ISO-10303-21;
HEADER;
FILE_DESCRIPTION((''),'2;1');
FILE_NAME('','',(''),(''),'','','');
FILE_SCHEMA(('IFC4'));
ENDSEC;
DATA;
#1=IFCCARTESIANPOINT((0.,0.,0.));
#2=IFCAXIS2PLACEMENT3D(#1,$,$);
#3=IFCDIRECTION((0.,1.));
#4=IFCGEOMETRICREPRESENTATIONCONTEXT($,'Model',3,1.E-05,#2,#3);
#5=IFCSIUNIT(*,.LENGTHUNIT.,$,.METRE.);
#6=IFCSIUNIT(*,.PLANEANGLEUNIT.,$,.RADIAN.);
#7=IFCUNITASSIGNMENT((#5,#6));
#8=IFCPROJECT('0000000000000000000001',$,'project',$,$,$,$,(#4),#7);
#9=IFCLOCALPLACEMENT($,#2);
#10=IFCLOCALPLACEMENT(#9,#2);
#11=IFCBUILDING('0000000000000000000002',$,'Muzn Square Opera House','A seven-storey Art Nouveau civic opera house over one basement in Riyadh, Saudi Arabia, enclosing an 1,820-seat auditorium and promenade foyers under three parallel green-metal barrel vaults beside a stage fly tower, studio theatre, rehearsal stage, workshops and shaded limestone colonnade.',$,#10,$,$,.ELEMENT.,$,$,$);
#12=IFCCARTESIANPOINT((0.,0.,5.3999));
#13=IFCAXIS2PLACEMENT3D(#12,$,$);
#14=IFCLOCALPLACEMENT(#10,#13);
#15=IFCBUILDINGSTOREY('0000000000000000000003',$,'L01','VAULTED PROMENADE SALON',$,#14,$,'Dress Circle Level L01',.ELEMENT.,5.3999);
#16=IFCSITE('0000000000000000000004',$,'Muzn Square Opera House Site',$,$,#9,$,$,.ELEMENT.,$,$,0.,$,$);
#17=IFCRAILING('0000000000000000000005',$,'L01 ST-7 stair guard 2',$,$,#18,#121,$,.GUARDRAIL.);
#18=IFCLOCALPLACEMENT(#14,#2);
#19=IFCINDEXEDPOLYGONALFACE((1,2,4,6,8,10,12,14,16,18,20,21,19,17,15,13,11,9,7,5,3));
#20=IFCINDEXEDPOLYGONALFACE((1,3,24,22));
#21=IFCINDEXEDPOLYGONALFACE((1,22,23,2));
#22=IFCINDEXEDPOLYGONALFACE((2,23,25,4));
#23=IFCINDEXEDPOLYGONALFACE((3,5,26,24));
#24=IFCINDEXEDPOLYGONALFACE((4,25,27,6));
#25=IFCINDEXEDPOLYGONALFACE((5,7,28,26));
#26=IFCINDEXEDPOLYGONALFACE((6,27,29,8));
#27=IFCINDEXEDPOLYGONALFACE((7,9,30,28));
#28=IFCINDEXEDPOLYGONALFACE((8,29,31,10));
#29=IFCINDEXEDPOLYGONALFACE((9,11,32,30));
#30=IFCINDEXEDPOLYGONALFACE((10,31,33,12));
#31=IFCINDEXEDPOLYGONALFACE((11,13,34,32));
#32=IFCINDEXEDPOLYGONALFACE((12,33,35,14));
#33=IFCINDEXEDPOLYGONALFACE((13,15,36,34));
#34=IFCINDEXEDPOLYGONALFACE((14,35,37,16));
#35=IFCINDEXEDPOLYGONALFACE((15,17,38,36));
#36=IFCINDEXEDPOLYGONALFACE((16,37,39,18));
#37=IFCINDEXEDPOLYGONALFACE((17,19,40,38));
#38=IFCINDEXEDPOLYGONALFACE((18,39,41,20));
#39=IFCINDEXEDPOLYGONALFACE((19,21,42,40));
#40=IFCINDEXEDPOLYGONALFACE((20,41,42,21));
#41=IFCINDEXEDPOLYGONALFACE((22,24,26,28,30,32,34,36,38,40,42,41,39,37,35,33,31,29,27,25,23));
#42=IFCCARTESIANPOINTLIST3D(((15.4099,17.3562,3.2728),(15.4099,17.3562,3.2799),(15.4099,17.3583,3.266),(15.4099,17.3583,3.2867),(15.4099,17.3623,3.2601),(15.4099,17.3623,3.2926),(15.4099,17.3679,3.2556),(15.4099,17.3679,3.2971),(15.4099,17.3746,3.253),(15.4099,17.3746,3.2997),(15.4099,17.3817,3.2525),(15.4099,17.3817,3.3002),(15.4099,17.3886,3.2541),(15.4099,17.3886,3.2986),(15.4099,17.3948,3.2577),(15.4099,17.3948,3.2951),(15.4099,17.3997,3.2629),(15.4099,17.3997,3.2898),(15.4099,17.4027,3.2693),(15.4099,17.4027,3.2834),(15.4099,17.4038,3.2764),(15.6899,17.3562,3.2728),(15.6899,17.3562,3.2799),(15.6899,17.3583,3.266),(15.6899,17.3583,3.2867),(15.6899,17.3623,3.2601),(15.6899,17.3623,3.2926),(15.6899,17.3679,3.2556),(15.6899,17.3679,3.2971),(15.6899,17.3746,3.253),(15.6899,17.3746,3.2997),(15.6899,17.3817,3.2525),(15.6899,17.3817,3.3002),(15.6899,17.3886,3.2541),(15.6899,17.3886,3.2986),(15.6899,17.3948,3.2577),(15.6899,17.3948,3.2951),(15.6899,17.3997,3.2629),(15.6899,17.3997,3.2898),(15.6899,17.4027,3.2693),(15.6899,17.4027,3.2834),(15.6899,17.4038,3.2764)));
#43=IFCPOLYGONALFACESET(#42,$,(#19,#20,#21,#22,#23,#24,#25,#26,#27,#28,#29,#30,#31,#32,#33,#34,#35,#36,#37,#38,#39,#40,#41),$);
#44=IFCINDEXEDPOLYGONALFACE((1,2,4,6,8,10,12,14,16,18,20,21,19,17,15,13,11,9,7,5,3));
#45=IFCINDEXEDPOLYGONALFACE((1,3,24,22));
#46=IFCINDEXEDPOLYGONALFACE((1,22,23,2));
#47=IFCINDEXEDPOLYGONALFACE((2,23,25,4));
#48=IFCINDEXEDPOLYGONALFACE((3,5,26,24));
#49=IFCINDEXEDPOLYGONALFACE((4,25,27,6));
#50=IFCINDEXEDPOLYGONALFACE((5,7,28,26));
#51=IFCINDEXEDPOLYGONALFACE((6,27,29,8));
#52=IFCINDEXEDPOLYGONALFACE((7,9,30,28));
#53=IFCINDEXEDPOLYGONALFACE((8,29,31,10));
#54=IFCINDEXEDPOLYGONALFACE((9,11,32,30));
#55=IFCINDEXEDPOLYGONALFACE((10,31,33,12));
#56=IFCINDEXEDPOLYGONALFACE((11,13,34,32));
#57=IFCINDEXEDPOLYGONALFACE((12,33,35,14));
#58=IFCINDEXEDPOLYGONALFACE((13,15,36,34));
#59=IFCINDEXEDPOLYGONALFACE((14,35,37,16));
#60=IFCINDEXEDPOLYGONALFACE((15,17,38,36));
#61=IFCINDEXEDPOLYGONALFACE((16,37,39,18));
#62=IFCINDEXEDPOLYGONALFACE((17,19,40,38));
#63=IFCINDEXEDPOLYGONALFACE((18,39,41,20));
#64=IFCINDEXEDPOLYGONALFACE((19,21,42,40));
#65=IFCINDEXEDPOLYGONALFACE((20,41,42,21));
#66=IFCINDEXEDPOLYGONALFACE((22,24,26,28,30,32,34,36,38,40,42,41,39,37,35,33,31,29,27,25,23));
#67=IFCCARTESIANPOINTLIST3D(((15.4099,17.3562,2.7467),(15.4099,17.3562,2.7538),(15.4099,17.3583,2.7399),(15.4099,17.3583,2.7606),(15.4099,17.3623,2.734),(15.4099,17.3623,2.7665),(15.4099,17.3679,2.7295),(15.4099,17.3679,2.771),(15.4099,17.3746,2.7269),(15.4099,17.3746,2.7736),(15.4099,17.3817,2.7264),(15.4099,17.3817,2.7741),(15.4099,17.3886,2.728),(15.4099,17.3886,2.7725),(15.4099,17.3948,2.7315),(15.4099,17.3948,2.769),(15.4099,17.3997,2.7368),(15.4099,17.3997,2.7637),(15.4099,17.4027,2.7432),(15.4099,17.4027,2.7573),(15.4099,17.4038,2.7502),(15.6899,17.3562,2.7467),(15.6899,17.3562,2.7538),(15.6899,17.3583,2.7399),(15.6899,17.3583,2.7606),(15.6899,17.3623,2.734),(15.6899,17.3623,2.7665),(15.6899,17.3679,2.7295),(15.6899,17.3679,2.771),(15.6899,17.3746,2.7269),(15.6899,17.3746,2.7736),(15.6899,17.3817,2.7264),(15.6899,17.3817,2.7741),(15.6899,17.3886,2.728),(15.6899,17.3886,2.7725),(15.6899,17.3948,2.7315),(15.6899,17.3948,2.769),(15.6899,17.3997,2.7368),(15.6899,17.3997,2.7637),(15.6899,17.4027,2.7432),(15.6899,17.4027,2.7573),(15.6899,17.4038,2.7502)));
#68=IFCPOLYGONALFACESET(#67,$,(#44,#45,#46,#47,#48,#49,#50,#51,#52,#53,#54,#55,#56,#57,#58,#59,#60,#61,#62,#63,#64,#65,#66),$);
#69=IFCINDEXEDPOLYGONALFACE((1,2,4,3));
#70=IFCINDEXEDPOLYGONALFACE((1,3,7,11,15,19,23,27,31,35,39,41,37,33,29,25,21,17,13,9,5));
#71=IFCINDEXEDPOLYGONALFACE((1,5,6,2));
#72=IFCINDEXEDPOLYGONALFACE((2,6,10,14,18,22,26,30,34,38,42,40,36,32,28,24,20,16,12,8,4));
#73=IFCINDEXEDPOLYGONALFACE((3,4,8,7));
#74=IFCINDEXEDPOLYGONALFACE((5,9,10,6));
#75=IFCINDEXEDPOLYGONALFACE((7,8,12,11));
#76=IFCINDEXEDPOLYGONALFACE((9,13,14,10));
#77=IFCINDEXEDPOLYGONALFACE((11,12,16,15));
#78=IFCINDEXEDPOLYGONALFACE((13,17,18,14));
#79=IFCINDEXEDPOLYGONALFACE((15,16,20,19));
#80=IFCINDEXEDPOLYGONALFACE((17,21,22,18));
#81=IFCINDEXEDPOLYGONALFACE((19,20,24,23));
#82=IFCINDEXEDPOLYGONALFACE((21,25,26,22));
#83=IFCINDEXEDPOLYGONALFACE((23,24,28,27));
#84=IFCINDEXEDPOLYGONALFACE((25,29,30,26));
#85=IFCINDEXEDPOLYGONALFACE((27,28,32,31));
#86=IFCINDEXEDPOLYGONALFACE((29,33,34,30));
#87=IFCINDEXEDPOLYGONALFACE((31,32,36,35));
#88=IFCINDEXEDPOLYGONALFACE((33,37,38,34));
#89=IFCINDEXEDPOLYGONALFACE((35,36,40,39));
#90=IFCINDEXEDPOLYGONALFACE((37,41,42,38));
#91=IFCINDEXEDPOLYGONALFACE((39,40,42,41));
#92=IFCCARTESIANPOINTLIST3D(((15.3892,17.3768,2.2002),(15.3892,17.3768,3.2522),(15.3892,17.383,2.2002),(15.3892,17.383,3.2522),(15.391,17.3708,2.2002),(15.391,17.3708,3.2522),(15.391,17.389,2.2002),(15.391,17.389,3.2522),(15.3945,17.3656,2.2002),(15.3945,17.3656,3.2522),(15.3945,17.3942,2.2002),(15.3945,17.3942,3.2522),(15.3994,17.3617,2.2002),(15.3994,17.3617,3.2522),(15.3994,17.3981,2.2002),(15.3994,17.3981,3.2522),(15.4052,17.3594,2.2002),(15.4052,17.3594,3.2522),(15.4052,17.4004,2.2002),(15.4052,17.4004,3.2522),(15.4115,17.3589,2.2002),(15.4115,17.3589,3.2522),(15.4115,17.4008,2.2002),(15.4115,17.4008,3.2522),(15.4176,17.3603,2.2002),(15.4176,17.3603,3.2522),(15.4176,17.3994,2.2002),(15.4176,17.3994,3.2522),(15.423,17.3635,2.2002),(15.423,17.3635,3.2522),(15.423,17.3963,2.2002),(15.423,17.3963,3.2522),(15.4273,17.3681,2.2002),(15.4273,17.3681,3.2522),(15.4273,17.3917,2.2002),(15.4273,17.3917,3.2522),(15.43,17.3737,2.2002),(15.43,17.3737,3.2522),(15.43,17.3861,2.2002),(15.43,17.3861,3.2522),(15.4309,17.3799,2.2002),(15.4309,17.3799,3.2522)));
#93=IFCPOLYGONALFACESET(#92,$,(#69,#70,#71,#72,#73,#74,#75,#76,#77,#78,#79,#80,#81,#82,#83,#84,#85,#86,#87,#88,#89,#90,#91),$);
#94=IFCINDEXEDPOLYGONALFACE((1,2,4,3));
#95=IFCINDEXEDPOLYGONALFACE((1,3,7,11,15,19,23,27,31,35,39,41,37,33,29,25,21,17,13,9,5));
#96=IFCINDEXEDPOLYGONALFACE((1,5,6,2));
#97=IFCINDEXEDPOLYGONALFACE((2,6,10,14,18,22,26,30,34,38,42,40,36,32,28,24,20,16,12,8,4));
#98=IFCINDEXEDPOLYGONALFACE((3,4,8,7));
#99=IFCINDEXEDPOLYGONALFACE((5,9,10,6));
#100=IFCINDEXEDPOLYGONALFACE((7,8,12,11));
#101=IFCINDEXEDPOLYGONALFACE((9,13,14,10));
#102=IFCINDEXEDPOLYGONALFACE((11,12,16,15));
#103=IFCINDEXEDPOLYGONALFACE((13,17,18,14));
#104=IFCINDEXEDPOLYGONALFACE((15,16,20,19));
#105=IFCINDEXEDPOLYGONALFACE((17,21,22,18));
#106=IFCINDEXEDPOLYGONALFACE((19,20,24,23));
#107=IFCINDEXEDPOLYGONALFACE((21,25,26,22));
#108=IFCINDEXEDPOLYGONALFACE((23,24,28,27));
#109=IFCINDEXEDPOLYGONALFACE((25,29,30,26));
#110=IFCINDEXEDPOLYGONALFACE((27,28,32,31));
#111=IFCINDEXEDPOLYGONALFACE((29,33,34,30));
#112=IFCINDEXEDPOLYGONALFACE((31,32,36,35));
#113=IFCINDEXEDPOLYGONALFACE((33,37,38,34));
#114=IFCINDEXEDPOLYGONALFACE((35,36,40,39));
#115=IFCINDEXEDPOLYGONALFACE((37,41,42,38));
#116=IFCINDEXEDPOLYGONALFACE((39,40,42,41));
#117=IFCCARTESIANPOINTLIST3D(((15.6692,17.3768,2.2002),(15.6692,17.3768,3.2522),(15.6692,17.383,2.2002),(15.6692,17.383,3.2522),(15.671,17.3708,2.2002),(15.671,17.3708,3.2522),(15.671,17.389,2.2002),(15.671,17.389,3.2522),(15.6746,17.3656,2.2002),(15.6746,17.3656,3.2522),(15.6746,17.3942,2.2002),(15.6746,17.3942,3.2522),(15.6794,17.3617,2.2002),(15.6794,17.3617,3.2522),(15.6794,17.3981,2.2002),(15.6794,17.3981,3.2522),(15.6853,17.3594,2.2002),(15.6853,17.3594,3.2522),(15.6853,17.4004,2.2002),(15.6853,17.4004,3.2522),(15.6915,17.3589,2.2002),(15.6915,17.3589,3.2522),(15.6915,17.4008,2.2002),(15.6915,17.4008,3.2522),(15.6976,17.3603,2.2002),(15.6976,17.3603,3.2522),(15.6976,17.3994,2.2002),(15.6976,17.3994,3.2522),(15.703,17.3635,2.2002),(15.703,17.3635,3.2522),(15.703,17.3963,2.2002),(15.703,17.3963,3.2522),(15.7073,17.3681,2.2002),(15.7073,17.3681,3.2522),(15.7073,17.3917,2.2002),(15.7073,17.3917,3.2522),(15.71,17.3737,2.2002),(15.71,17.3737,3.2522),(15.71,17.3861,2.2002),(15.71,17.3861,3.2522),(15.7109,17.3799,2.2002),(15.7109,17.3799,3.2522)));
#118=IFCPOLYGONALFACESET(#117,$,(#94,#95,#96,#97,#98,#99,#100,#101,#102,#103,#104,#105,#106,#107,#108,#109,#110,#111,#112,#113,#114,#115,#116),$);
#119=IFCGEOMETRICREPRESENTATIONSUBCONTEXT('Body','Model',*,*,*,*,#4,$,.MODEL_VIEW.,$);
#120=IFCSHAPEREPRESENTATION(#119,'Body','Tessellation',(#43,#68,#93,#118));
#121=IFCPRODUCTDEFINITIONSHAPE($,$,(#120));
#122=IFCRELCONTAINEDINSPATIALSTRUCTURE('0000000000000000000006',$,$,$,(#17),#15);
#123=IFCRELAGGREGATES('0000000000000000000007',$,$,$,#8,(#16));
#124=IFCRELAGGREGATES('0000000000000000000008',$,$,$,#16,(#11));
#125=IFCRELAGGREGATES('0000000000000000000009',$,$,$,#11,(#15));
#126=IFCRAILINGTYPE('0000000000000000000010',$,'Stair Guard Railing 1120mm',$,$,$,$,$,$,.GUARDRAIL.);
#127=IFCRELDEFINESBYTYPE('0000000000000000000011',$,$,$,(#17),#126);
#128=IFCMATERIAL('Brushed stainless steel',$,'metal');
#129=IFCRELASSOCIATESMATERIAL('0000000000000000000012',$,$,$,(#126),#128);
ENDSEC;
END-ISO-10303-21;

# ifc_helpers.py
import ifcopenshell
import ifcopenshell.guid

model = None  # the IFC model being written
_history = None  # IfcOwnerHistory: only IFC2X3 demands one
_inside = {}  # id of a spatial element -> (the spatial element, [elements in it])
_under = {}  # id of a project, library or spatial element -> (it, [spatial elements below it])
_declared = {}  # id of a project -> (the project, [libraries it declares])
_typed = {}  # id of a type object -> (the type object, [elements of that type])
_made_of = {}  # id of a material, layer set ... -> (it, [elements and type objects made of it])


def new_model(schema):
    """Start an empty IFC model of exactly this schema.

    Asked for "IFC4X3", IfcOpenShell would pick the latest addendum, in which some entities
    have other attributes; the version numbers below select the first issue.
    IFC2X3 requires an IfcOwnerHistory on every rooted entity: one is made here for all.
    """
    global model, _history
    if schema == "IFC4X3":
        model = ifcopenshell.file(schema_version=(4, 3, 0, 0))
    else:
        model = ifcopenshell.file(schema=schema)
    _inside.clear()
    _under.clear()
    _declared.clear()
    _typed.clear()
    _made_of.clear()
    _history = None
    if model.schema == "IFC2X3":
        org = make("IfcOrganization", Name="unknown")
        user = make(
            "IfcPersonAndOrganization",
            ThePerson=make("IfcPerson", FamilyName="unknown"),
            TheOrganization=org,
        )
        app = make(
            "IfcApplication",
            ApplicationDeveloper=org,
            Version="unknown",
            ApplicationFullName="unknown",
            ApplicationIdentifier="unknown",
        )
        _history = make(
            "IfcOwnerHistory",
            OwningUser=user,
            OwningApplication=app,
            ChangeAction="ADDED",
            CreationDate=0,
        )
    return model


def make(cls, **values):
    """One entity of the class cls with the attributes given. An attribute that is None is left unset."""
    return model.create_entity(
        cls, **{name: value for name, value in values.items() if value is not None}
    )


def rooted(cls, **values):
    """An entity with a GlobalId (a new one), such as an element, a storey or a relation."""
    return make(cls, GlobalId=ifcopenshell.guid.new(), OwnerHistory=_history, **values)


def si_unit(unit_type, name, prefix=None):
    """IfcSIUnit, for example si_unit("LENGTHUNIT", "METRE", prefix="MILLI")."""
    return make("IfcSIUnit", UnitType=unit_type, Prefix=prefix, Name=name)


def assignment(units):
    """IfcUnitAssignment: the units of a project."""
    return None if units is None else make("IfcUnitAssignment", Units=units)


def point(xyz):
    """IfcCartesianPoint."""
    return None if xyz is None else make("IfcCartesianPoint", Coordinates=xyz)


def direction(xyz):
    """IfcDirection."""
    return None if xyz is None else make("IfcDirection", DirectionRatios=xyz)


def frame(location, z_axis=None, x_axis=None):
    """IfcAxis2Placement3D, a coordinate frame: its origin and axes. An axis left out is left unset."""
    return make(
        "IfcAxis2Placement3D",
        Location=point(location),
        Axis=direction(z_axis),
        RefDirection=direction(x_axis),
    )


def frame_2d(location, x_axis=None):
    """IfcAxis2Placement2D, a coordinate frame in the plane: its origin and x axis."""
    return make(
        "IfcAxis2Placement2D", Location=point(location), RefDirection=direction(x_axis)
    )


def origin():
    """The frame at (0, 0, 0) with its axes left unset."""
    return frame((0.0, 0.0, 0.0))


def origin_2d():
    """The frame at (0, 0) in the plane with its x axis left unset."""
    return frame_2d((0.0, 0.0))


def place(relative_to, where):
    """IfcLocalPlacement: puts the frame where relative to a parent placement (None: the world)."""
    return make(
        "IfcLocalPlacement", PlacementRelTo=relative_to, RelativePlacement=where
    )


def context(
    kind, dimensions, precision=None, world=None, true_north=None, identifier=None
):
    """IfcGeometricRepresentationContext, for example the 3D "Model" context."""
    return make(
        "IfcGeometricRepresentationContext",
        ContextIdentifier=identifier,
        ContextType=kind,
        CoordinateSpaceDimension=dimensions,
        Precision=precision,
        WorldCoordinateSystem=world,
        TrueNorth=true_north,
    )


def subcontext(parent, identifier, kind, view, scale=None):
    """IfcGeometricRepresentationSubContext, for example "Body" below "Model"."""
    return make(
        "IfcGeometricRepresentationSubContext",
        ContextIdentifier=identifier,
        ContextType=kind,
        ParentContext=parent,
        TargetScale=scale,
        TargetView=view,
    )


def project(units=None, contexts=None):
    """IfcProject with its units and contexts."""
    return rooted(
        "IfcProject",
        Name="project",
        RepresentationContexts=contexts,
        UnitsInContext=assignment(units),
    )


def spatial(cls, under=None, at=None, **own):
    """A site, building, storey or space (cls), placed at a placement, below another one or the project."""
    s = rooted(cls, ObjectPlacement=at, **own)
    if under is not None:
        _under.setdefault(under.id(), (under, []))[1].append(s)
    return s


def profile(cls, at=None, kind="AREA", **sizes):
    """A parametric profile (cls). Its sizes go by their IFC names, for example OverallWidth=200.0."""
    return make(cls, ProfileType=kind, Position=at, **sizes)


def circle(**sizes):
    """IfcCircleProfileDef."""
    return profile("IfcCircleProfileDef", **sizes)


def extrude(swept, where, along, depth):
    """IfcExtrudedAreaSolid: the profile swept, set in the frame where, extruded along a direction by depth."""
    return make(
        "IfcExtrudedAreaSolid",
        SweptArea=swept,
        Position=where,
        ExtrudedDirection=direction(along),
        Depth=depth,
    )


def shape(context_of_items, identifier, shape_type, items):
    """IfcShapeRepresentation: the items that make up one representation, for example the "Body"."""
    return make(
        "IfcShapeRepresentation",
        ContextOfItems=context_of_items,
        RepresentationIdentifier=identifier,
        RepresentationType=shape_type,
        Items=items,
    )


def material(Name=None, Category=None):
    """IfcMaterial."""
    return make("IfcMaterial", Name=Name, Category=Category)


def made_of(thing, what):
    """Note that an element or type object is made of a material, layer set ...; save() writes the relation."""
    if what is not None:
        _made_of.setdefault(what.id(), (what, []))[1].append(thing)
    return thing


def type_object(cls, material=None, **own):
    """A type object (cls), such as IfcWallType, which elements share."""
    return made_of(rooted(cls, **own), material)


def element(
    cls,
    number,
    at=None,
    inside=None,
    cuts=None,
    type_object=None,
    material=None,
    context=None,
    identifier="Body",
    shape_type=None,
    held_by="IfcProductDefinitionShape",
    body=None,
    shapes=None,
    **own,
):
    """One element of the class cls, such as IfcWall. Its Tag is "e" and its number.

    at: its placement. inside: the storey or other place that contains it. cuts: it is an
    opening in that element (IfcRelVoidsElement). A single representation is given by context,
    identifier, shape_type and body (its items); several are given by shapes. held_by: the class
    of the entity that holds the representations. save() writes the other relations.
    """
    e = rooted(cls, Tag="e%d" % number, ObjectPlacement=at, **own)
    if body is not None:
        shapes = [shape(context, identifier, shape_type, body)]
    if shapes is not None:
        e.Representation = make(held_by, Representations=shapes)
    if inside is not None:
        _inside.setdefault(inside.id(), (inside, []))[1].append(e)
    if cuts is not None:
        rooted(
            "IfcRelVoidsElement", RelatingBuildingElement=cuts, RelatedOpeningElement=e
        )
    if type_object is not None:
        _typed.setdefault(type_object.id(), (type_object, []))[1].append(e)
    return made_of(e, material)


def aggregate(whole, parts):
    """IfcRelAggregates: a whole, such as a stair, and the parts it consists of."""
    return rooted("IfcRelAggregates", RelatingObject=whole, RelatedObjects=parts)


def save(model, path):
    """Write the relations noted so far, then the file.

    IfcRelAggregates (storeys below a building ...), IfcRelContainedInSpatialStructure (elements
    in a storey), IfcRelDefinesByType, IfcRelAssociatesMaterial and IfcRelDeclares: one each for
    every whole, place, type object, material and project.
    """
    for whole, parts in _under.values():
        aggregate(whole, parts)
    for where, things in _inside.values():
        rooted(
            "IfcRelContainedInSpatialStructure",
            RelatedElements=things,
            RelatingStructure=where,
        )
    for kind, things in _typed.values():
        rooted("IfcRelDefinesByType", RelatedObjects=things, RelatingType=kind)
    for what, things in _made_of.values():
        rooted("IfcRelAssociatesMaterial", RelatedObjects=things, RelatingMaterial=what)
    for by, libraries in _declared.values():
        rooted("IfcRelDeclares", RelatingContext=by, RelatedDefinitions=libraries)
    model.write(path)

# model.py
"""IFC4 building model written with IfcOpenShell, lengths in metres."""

from ifc_helpers import new_model, si_unit, direction, frame, origin, origin_2d, place, context, subcontext, project, spatial, circle, extrude, material, type_object, element, save


model = new_model("IFC4")

# Units and contexts
model_context = context("Model", 3, precision=1e-05, world=origin(), true_north=direction((0.0, 1.0)))
body_context = subcontext(model_context, "Body", "Model", "MODEL_VIEW")
ifc_project = project(units=[si_unit("LENGTHUNIT", "METRE"), si_unit("PLANEANGLEUNIT", "RADIAN")], contexts=[model_context])

# Site, building, storey
site_placement = place(None, origin())
site = spatial("IfcSite", under=ifc_project, at=site_placement, Name="Muzn Square Opera House Site", CompositionType="ELEMENT", RefElevation=0.0)
building_placement = place(site_placement, origin())
building = spatial("IfcBuilding", under=site, at=building_placement, Name="Muzn Square Opera House", Description="A seven-storey Art Nouveau civic opera house over one basement in Riyadh, Saudi Arabia, enclosing an 1,820-seat auditorium and promenade foyers under three parallel green-metal barrel vaults beside a stage fly tower, studio theatre, rehearsal stage, workshops and shaded limestone colonnade.", CompositionType="ELEMENT")
storey_placement = place(building_placement, frame((0.0, 0.0, 5.3999)))
storey = spatial("IfcBuildingStorey", under=building, at=storey_placement, Name="L01", Description="VAULTED PROMENADE SALON", LongName="Dress Circle Level L01", CompositionType="ELEMENT", Elevation=5.3999)

# Railing
ifc_material_1 = material(Name="Brushed stainless steel", Category="metal")
railing_type = type_object("IfcRailingType", Name="Stair Guard Railing 1120mm", PredefinedType="GUARDRAIL", material=ifc_material_1)
railing_placement = place(storey_placement, frame((15.4099, 17.3799, 2.2002)))
element("IfcRailing", 1, at=railing_placement, inside=storey, type_object=railing_type, Name="L01 ST-7 stair guard 2", PredefinedType="GUARDRAIL", context=body_context, shape_type="SweptSolid", body=[
    extrude(circle(Radius=0.0239, at=origin_2d()), frame((0.0, 0.0, 1.0762), z_axis=(1.0, 0.0, 0.0), x_axis=(0.0, 1.0, 0.0)), (0.0, 0.0, 1.0), 0.28),
    extrude(circle(Radius=0.0239, at=origin_2d()), frame((0.0, 0.0, 0.55), z_axis=(1.0, 0.0, 0.0), x_axis=(0.0, 1.0, 0.0)), (0.0, 0.0, 1.0), 0.28),
    extrude(circle(Radius=0.021, at=origin_2d()), origin(), (0.0, 0.0, 1.0), 1.052),
    extrude(circle(Radius=0.021, at=origin_2d()), frame((0.28, 0.0, 0.0)), (0.0, 0.0, 1.0), 1.052),
])

save(model, "model.ifc")
